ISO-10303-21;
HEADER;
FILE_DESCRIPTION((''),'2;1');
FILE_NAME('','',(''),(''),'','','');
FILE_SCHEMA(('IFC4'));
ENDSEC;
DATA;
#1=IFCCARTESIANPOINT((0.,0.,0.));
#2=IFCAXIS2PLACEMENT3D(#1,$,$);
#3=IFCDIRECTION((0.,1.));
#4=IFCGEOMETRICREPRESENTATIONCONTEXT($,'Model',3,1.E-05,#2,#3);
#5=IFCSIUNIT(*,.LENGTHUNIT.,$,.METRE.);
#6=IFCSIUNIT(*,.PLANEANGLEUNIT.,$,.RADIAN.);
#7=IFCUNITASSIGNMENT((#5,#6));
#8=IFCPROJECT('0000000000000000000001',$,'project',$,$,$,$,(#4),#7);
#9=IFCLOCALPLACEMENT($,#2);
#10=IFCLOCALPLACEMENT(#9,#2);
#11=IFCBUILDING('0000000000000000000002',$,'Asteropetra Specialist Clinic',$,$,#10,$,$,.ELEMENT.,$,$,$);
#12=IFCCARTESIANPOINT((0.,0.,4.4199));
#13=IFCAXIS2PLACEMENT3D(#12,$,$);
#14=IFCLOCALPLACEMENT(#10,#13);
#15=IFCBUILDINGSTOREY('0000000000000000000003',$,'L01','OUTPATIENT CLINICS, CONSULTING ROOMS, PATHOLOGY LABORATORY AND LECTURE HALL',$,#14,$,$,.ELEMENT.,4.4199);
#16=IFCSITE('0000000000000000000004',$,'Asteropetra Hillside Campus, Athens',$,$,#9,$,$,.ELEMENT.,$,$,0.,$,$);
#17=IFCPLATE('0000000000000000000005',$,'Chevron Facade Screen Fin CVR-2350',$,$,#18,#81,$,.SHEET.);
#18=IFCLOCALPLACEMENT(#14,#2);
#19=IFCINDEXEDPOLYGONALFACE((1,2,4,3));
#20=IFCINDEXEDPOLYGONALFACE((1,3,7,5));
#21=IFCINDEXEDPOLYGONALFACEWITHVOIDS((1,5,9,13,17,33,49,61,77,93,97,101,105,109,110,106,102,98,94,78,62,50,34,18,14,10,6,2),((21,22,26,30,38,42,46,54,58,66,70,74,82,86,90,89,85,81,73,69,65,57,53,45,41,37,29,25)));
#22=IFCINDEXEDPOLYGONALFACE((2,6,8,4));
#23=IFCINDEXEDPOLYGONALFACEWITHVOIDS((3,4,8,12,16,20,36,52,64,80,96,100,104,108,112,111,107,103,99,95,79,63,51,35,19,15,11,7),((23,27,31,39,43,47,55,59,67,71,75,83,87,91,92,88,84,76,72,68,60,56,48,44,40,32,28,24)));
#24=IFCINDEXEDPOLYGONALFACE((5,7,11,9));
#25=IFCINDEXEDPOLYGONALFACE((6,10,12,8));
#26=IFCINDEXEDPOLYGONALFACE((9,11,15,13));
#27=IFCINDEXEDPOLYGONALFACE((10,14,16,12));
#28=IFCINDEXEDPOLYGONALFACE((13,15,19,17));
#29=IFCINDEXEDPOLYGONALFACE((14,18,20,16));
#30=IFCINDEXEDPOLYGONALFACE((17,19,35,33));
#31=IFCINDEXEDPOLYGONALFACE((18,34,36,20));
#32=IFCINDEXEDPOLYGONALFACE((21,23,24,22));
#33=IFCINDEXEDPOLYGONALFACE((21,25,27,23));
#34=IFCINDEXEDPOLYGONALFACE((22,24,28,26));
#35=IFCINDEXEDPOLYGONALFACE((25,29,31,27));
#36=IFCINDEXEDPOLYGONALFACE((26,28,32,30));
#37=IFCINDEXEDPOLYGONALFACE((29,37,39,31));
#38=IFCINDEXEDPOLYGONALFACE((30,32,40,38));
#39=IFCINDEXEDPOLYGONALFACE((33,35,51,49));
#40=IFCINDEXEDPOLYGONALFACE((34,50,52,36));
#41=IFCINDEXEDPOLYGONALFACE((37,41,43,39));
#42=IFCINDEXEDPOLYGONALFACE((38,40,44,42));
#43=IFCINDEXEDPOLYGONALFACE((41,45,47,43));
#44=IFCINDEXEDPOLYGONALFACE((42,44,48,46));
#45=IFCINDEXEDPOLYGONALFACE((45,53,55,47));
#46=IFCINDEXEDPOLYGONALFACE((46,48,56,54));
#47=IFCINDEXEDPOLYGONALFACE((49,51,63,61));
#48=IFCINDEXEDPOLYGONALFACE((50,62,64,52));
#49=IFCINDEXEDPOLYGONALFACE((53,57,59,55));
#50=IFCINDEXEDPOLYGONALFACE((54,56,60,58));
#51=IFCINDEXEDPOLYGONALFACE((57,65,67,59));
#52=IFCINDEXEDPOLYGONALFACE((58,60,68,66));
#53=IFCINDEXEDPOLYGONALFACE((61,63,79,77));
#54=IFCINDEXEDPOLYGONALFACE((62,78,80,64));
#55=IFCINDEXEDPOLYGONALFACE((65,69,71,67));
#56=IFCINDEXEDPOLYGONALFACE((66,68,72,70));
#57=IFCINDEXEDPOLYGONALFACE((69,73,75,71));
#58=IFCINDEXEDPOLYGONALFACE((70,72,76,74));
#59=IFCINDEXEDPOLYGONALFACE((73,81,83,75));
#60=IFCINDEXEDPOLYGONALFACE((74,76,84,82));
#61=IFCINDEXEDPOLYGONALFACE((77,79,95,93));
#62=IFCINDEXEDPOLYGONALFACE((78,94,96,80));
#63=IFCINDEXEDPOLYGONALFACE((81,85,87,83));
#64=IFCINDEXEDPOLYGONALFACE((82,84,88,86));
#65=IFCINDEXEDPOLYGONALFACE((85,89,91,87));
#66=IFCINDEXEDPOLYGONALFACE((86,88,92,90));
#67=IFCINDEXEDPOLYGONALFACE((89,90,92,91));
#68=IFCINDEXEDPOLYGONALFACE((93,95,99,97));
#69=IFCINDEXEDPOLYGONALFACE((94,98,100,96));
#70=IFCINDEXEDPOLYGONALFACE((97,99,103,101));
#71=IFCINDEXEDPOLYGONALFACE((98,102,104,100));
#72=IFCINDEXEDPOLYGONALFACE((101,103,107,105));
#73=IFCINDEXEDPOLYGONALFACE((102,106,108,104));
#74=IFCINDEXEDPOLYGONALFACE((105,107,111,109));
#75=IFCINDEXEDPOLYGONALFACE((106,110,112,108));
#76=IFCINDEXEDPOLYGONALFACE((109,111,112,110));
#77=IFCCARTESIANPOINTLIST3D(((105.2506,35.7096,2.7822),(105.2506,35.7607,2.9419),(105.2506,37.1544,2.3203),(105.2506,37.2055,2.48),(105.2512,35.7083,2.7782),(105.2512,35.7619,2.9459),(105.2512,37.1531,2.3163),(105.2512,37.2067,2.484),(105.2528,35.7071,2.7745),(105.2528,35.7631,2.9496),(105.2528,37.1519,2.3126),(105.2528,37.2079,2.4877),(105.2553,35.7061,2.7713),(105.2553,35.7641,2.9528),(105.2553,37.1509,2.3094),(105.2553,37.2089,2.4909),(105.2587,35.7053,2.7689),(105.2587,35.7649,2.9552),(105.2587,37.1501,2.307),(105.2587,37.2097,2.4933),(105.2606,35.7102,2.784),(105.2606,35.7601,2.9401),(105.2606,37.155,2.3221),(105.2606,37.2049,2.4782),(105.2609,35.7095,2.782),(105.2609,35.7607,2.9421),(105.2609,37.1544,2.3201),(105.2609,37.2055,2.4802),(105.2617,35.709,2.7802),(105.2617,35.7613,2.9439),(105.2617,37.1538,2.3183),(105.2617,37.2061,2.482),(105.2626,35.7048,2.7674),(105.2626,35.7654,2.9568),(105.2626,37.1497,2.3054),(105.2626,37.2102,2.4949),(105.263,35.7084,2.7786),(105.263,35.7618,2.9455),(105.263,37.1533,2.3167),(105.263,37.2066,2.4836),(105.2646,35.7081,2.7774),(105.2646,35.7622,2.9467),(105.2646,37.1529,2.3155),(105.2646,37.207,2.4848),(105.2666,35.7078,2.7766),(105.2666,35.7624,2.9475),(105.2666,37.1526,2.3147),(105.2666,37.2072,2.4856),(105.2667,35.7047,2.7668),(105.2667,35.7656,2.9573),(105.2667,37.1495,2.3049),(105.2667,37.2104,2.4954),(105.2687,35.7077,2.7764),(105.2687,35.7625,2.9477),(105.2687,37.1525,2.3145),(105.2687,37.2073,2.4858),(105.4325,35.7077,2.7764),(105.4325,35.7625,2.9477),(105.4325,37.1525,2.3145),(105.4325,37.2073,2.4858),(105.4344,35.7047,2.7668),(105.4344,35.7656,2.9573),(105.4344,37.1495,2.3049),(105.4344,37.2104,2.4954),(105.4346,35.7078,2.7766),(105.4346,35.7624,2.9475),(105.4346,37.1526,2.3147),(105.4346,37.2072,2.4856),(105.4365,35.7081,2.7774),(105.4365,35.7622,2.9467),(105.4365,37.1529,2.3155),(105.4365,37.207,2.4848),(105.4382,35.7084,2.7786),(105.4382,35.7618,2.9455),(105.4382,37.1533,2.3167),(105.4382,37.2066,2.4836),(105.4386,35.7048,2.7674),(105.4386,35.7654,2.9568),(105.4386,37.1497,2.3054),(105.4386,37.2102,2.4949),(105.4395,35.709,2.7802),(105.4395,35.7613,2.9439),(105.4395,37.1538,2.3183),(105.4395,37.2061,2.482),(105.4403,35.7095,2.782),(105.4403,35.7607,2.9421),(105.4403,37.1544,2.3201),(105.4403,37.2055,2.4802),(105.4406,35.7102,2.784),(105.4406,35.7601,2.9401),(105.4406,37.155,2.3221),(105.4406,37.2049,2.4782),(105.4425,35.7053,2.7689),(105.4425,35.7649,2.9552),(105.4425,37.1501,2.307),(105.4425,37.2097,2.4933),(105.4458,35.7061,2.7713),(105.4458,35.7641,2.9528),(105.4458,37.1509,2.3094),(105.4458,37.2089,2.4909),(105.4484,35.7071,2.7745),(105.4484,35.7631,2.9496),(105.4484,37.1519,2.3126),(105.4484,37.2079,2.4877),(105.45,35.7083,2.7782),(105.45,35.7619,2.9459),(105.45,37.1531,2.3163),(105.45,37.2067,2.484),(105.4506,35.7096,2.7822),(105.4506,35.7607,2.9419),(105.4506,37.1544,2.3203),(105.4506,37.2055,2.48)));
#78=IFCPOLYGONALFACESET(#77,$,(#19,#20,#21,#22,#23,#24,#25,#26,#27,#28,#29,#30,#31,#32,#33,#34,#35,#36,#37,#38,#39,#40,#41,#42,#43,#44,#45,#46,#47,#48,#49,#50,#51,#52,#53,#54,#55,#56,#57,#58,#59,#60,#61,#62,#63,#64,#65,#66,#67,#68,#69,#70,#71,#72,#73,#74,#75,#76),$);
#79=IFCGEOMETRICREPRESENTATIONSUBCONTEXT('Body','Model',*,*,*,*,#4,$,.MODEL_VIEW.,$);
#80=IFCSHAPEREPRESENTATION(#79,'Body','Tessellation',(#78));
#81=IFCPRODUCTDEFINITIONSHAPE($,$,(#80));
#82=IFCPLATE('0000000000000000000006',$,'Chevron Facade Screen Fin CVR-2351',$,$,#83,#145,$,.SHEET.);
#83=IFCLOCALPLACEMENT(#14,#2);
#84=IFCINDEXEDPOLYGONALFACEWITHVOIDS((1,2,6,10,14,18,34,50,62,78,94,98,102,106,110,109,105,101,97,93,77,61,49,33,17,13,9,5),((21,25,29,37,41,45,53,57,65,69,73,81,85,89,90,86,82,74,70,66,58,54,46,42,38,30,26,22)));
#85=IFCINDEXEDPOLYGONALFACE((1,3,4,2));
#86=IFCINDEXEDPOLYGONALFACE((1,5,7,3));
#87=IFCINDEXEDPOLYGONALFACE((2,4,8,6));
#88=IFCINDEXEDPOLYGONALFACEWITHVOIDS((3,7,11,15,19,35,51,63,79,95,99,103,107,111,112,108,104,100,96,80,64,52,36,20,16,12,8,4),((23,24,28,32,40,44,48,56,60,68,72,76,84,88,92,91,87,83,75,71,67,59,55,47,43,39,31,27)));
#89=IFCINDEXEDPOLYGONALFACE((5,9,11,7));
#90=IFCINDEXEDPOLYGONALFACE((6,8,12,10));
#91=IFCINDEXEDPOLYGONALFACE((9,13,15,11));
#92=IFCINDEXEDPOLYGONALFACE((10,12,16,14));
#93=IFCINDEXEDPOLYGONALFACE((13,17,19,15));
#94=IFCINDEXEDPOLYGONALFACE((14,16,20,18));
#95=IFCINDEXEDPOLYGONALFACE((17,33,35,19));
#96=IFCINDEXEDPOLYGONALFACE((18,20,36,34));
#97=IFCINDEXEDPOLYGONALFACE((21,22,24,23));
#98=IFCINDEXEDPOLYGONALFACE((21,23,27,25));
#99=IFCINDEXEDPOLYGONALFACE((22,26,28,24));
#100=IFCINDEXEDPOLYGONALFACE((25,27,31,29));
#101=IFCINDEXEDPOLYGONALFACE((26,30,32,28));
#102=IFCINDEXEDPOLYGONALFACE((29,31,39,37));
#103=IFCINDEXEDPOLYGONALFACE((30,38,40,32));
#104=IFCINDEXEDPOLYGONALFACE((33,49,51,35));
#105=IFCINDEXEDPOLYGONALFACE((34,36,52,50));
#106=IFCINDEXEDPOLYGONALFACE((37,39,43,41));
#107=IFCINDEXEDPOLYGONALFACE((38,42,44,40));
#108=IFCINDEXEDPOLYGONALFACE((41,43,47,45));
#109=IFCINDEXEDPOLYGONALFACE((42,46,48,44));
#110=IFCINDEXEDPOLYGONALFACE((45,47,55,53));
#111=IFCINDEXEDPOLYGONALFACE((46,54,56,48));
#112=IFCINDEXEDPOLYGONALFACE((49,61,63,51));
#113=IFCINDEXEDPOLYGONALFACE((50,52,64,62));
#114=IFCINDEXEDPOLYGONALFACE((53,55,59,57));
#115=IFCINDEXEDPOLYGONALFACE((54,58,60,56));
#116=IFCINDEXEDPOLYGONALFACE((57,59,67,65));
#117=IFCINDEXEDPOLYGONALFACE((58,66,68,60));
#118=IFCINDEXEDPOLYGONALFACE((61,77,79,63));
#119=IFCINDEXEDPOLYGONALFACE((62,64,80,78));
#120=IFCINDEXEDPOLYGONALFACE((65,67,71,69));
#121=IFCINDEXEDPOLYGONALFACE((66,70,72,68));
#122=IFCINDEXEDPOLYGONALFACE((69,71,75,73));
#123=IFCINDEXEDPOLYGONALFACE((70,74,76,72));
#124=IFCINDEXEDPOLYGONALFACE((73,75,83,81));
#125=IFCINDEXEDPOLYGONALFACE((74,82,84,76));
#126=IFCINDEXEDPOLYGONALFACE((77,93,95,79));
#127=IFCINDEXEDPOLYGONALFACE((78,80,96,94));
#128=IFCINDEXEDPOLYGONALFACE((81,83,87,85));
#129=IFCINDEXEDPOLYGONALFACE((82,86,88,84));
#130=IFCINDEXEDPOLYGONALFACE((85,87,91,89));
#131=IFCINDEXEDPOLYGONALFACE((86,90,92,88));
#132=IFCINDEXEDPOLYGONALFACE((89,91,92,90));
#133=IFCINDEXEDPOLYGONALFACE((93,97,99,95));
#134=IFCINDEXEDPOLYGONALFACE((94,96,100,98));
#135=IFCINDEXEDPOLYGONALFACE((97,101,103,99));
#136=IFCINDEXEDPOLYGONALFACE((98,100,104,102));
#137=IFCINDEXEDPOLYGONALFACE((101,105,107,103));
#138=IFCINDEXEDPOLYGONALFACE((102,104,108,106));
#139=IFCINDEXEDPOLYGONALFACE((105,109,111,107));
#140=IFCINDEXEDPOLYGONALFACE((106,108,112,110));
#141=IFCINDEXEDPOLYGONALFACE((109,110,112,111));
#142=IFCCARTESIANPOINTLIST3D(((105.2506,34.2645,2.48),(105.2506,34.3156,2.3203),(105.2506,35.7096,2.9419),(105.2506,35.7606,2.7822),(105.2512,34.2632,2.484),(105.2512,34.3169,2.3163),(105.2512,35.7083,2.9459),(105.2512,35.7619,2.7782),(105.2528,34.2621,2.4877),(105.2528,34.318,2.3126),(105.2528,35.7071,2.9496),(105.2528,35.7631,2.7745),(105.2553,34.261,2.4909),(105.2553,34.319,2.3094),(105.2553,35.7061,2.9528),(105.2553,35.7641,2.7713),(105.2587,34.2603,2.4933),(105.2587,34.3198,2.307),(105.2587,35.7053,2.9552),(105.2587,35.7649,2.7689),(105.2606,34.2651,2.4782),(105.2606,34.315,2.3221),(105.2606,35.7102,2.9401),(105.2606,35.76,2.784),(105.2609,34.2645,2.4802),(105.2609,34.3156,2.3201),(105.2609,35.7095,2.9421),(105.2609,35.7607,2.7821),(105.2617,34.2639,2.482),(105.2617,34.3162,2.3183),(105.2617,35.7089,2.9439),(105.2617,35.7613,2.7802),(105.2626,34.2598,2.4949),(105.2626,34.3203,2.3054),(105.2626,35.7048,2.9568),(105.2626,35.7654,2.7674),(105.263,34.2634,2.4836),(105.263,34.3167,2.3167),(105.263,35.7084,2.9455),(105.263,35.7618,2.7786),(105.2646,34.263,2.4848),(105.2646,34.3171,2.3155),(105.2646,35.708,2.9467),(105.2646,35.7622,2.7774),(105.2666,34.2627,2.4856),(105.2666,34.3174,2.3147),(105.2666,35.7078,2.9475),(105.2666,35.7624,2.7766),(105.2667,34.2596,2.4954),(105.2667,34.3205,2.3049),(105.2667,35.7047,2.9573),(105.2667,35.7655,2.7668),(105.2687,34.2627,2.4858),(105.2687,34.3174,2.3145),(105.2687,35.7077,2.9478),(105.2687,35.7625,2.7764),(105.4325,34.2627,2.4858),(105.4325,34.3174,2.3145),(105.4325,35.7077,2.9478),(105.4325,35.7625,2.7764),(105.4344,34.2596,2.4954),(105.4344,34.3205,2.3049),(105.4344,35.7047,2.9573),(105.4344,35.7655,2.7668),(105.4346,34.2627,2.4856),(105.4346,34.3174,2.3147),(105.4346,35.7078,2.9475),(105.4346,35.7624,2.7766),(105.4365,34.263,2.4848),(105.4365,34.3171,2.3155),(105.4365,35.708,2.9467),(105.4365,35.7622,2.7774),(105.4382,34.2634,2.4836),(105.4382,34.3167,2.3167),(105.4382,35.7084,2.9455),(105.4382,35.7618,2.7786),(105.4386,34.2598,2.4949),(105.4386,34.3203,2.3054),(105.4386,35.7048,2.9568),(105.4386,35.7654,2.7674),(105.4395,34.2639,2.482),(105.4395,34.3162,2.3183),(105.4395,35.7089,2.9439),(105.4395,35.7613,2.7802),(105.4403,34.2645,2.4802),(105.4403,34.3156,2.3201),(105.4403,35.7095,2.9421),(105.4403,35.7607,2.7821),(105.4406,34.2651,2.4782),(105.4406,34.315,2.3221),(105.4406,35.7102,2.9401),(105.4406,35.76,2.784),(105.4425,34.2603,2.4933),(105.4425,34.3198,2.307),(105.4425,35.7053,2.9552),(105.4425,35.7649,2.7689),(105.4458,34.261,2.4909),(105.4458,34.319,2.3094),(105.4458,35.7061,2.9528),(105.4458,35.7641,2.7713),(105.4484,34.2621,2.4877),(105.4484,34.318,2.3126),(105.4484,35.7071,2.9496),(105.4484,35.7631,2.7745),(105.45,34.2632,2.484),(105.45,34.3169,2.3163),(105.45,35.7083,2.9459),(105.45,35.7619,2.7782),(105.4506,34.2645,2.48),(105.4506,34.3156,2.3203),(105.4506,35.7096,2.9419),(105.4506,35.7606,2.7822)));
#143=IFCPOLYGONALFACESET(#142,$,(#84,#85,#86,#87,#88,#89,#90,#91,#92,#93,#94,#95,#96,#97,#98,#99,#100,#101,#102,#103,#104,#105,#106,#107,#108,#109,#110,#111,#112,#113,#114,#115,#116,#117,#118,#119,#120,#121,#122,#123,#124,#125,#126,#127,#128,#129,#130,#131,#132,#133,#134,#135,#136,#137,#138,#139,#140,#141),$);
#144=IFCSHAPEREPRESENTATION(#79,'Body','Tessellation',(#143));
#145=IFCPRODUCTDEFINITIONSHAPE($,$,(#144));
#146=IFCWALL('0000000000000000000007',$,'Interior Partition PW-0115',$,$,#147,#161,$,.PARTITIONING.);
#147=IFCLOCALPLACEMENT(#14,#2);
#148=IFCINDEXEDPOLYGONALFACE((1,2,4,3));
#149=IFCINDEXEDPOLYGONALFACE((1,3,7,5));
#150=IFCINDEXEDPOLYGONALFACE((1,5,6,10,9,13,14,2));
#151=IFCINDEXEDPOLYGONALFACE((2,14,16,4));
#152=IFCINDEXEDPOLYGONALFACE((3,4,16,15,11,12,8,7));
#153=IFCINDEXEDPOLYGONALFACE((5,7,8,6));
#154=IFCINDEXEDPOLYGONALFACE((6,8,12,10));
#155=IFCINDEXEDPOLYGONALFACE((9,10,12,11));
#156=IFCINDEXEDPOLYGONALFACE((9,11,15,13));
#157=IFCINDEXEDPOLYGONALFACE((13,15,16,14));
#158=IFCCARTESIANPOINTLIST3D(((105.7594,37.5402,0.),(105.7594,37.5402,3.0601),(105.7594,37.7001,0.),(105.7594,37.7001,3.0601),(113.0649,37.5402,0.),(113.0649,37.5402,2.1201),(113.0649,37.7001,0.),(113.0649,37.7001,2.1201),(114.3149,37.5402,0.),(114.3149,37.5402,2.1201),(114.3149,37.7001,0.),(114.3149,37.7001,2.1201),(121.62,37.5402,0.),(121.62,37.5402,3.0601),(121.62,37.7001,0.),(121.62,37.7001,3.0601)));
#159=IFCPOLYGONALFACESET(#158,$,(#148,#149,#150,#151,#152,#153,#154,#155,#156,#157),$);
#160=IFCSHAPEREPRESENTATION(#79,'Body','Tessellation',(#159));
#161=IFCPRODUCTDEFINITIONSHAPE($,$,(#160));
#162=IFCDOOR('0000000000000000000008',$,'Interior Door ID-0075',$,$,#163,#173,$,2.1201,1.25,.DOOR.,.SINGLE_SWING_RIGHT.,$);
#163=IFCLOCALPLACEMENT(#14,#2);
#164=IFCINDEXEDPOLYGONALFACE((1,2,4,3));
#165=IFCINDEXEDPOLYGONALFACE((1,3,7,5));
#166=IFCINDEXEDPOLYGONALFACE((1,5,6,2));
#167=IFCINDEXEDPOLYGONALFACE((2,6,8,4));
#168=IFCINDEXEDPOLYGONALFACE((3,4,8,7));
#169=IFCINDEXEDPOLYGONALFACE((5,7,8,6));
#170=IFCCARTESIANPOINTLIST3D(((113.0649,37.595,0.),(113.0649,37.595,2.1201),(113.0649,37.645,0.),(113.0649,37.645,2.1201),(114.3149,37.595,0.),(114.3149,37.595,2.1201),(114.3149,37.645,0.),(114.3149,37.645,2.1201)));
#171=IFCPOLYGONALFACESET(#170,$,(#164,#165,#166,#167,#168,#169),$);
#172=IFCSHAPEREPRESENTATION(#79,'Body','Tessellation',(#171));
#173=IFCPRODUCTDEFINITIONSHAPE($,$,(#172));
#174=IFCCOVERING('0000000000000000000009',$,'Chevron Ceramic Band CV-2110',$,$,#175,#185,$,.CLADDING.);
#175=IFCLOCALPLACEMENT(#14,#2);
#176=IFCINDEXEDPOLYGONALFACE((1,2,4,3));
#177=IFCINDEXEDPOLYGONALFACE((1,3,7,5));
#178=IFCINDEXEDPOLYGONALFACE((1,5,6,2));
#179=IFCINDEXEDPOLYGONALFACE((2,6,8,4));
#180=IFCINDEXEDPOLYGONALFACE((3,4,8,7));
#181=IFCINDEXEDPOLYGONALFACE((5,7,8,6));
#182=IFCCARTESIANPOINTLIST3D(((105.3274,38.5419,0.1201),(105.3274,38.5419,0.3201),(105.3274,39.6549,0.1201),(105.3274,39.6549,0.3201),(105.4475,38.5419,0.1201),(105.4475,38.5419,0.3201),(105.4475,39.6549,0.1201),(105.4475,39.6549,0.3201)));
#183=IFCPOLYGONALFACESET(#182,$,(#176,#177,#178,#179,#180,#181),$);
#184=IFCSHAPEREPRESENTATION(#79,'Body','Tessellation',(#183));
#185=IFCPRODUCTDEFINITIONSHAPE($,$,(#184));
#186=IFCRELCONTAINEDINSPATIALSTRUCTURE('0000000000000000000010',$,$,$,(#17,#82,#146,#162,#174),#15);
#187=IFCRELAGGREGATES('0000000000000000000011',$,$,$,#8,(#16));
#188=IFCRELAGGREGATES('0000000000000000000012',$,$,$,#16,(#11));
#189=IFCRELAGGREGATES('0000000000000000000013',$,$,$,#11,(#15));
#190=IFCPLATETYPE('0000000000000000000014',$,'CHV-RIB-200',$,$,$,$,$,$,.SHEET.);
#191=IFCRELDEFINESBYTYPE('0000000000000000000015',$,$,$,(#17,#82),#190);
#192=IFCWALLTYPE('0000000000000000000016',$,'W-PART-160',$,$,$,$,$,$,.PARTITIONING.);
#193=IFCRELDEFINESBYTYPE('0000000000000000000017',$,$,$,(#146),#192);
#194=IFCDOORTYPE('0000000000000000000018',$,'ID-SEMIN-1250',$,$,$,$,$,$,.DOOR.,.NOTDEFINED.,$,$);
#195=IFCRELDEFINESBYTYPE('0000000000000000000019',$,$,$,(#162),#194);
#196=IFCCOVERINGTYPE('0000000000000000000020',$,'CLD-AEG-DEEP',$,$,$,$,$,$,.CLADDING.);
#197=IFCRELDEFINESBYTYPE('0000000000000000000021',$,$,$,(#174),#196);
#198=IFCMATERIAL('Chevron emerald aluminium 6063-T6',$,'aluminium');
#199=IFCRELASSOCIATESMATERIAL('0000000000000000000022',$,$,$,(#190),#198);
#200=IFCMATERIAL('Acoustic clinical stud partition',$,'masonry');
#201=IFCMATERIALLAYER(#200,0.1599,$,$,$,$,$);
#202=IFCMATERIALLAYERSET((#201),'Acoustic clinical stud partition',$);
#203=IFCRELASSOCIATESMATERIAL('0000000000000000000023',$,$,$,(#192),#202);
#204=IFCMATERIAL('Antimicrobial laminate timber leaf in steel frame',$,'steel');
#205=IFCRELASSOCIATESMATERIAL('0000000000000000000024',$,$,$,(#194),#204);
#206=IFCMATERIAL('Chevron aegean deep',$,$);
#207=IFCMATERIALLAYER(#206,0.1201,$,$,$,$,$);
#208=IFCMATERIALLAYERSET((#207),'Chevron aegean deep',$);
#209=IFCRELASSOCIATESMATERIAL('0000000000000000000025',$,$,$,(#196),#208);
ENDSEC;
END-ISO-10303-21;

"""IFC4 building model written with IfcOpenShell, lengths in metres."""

from ifc_helpers import new_model, si_unit, direction, frame, frame_2d, origin, origin_2d, place, context, subcontext, project, spatial, rectangle, hollow_rectangle, extrude, material, layer, layer_set, material_profile, profile_set, type_object, element, fill, save


model = new_model("IFC4")

# Units and contexts
model_context = context("Model", 3, precision=1e-05, world=origin(), true_north=direction((0.0, 1.0)))
body_context = subcontext(model_context, "Body", "Model", "MODEL_VIEW")
ifc_project = project(units=[si_unit("LENGTHUNIT", "METRE"), si_unit("PLANEANGLEUNIT", "RADIAN")], contexts=[model_context])

# Site, building, storey
site_placement = place(None, origin())
site = spatial("IfcSite", under=ifc_project, at=site_placement, Name="Asteropetra Hillside Campus, Athens", CompositionType="ELEMENT", RefElevation=0.0)
building_placement = place(site_placement, origin())
building = spatial("IfcBuilding", under=site, at=building_placement, Name="Asteropetra Specialist Clinic", CompositionType="ELEMENT")
storey_placement = place(building_placement, frame((0.0, 0.0, 4.4199)))
storey = spatial("IfcBuildingStorey", under=building, at=storey_placement, Name="L01", Description="OUTPATIENT CLINICS, CONSULTING ROOMS, PATHOLOGY LABORATORY AND LECTURE HALL", CompositionType="ELEMENT", Elevation=4.4199)

# Plates
ifc_material_1 = material(Name="Chevron emerald aluminium 6063-T6", Category="aluminium")
ifc_material_profile_1 = material_profile(ifc_material_1, hollow_rectangle(XDim=0.2, YDim=0.2, WallThickness=0.01, InnerFilletRadius=0.0081, OuterFilletRadius=0.0161, at=origin_2d()), Name="SHS 200x200x10.0")
ifc_profile_set_1 = profile_set([ifc_material_profile_1], Name="Chevron emerald aluminium 6063-T6")
plate_type = type_object("IfcPlateType", Name="CHV-RIB-200", PredefinedType="SHEET", material=ifc_profile_set_1)
plate_1_placement = place(storey_placement, frame((105.3506, 37.1799, 2.4001), z_axis=(0.0, -0.952506, 0.304519), x_axis=(1.0, 0.0, 0.0)))
element("IfcPlate", 1, at=plate_1_placement, inside=storey, type_object=plate_type, Name="Chevron Facade Screen Fin CVR-2350", PredefinedType="SHEET", context=body_context, shape_type="SweptSolid", body=[
    extrude(hollow_rectangle(XDim=0.2, YDim=0.2, WallThickness=0.01, InnerFilletRadius=0.0081, OuterFilletRadius=0.0161, at=origin_2d()), origin(), (0.0, 0.0, 1.0), 1.5168),
])
plate_2_placement = place(storey_placement, frame((105.3506, 35.7351, 2.8621), z_axis=(0.0, -0.952521, -0.304472), x_axis=(1.0, 0.0, 0.0)))
element("IfcPlate", 2, at=plate_2_placement, inside=storey, type_object=plate_type, Name="Chevron Facade Screen Fin CVR-2351", PredefinedType="SHEET", context=body_context, shape_type="SweptSolid", body=[
    extrude(hollow_rectangle(XDim=0.2, YDim=0.2, WallThickness=0.01, InnerFilletRadius=0.0081, OuterFilletRadius=0.0161, at=origin_2d()), origin(), (0.0, 0.0, 1.0), 1.5171),
])

# Wall, opening, door
ifc_material_2 = material(Name="Acoustic clinical stud partition", Category="masonry")
ifc_layer_1 = layer(ifc_material_2, 0.1599)
ifc_layer_set_1 = layer_set([ifc_layer_1], Name="Acoustic clinical stud partition")
wall_type = type_object("IfcWallType", Name="W-PART-160", PredefinedType="PARTITIONING", material=ifc_layer_set_1)
wall_placement = place(storey_placement, frame((105.7595, 37.6201, 0.0), z_axis=(0.0, 0.0, 1.0), x_axis=(1.0, 0.0, 0.0)))
wall = element("IfcWall", 3, at=wall_placement, inside=storey, type_object=wall_type, Name="Interior Partition PW-0115", PredefinedType="PARTITIONING", context=body_context, shape_type="SweptSolid", body=[
    extrude(rectangle(XDim=15.8606, YDim=0.1599, at=frame_2d((7.9302, 0.0))), origin(), (0.0, 0.0, 1.0), 3.0601),
])
opening_placement = place(wall_placement, frame((7.3054, 0.0, 0.0)))
opening = element("IfcOpeningElement", 4, at=opening_placement, cuts=wall, PredefinedType="OPENING", context=body_context, shape_type="SweptSolid", body=[
    extrude(rectangle(XDim=1.25, YDim=2.1201, at=frame_2d((0.625, 1.0601))), frame((0.0, 0.0898, 0.0), z_axis=(0.0, -1.0, 0.0), x_axis=(1.0, 0.0, 0.0)), (0.0, 0.0, 1.0), 0.1799),
])
ifc_material_3 = material(Name="Antimicrobial laminate timber leaf in steel frame", Category="steel")
door_type = type_object("IfcDoorType", Name="ID-SEMIN-1250", OperationType="NOTDEFINED", PredefinedType="DOOR", material=ifc_material_3)
door_placement = place(opening_placement, origin())
door = element("IfcDoor", 5, at=door_placement, inside=storey, type_object=door_type, Name="Interior Door ID-0075", OperationType="SINGLE_SWING_RIGHT", OverallHeight=2.1201, OverallWidth=1.25, PredefinedType="DOOR", context=body_context, shape_type="SweptSolid", body=[
    extrude(rectangle(XDim=1.25, YDim=2.1201, at=frame_2d((0.625, 1.0601))), frame((0.0, 0.0249, 0.0), z_axis=(0.0, -1.0, 0.0), x_axis=(1.0, 0.0, 0.0)), (0.0, 0.0, 1.0), 0.05),
])
fill(opening, door)

# Covering
ifc_material_4 = material(Name="Chevron aegean deep")
ifc_layer_2 = layer(ifc_material_4, 0.1201)
ifc_layer_set_2 = layer_set([ifc_layer_2], Name="Chevron aegean deep")
covering_type = type_object("IfcCoveringType", Name="CLD-AEG-DEEP", PredefinedType="CLADDING", material=ifc_layer_set_2)
for number, where, z_axis, x_axis, name in (
    (6, (105.3875, 39.0984, 0.1201), (0.0, 0.0, 1.0), (1.0, 0.0, 0.0), "Chevron Ceramic Band CV-2110"),
):
    element("IfcCovering", number, at=place(storey_placement, frame(where, z_axis=z_axis, x_axis=x_axis)), inside=storey, type_object=covering_type, Name=name, PredefinedType="CLADDING", context=body_context, shape_type="SweptSolid", body=[
        extrude(rectangle(XDim=0.1201, YDim=1.113, at=origin_2d()), origin(), (0.0, 0.0, 1.0), 0.2),
    ])

save(model, "model.ifc")
